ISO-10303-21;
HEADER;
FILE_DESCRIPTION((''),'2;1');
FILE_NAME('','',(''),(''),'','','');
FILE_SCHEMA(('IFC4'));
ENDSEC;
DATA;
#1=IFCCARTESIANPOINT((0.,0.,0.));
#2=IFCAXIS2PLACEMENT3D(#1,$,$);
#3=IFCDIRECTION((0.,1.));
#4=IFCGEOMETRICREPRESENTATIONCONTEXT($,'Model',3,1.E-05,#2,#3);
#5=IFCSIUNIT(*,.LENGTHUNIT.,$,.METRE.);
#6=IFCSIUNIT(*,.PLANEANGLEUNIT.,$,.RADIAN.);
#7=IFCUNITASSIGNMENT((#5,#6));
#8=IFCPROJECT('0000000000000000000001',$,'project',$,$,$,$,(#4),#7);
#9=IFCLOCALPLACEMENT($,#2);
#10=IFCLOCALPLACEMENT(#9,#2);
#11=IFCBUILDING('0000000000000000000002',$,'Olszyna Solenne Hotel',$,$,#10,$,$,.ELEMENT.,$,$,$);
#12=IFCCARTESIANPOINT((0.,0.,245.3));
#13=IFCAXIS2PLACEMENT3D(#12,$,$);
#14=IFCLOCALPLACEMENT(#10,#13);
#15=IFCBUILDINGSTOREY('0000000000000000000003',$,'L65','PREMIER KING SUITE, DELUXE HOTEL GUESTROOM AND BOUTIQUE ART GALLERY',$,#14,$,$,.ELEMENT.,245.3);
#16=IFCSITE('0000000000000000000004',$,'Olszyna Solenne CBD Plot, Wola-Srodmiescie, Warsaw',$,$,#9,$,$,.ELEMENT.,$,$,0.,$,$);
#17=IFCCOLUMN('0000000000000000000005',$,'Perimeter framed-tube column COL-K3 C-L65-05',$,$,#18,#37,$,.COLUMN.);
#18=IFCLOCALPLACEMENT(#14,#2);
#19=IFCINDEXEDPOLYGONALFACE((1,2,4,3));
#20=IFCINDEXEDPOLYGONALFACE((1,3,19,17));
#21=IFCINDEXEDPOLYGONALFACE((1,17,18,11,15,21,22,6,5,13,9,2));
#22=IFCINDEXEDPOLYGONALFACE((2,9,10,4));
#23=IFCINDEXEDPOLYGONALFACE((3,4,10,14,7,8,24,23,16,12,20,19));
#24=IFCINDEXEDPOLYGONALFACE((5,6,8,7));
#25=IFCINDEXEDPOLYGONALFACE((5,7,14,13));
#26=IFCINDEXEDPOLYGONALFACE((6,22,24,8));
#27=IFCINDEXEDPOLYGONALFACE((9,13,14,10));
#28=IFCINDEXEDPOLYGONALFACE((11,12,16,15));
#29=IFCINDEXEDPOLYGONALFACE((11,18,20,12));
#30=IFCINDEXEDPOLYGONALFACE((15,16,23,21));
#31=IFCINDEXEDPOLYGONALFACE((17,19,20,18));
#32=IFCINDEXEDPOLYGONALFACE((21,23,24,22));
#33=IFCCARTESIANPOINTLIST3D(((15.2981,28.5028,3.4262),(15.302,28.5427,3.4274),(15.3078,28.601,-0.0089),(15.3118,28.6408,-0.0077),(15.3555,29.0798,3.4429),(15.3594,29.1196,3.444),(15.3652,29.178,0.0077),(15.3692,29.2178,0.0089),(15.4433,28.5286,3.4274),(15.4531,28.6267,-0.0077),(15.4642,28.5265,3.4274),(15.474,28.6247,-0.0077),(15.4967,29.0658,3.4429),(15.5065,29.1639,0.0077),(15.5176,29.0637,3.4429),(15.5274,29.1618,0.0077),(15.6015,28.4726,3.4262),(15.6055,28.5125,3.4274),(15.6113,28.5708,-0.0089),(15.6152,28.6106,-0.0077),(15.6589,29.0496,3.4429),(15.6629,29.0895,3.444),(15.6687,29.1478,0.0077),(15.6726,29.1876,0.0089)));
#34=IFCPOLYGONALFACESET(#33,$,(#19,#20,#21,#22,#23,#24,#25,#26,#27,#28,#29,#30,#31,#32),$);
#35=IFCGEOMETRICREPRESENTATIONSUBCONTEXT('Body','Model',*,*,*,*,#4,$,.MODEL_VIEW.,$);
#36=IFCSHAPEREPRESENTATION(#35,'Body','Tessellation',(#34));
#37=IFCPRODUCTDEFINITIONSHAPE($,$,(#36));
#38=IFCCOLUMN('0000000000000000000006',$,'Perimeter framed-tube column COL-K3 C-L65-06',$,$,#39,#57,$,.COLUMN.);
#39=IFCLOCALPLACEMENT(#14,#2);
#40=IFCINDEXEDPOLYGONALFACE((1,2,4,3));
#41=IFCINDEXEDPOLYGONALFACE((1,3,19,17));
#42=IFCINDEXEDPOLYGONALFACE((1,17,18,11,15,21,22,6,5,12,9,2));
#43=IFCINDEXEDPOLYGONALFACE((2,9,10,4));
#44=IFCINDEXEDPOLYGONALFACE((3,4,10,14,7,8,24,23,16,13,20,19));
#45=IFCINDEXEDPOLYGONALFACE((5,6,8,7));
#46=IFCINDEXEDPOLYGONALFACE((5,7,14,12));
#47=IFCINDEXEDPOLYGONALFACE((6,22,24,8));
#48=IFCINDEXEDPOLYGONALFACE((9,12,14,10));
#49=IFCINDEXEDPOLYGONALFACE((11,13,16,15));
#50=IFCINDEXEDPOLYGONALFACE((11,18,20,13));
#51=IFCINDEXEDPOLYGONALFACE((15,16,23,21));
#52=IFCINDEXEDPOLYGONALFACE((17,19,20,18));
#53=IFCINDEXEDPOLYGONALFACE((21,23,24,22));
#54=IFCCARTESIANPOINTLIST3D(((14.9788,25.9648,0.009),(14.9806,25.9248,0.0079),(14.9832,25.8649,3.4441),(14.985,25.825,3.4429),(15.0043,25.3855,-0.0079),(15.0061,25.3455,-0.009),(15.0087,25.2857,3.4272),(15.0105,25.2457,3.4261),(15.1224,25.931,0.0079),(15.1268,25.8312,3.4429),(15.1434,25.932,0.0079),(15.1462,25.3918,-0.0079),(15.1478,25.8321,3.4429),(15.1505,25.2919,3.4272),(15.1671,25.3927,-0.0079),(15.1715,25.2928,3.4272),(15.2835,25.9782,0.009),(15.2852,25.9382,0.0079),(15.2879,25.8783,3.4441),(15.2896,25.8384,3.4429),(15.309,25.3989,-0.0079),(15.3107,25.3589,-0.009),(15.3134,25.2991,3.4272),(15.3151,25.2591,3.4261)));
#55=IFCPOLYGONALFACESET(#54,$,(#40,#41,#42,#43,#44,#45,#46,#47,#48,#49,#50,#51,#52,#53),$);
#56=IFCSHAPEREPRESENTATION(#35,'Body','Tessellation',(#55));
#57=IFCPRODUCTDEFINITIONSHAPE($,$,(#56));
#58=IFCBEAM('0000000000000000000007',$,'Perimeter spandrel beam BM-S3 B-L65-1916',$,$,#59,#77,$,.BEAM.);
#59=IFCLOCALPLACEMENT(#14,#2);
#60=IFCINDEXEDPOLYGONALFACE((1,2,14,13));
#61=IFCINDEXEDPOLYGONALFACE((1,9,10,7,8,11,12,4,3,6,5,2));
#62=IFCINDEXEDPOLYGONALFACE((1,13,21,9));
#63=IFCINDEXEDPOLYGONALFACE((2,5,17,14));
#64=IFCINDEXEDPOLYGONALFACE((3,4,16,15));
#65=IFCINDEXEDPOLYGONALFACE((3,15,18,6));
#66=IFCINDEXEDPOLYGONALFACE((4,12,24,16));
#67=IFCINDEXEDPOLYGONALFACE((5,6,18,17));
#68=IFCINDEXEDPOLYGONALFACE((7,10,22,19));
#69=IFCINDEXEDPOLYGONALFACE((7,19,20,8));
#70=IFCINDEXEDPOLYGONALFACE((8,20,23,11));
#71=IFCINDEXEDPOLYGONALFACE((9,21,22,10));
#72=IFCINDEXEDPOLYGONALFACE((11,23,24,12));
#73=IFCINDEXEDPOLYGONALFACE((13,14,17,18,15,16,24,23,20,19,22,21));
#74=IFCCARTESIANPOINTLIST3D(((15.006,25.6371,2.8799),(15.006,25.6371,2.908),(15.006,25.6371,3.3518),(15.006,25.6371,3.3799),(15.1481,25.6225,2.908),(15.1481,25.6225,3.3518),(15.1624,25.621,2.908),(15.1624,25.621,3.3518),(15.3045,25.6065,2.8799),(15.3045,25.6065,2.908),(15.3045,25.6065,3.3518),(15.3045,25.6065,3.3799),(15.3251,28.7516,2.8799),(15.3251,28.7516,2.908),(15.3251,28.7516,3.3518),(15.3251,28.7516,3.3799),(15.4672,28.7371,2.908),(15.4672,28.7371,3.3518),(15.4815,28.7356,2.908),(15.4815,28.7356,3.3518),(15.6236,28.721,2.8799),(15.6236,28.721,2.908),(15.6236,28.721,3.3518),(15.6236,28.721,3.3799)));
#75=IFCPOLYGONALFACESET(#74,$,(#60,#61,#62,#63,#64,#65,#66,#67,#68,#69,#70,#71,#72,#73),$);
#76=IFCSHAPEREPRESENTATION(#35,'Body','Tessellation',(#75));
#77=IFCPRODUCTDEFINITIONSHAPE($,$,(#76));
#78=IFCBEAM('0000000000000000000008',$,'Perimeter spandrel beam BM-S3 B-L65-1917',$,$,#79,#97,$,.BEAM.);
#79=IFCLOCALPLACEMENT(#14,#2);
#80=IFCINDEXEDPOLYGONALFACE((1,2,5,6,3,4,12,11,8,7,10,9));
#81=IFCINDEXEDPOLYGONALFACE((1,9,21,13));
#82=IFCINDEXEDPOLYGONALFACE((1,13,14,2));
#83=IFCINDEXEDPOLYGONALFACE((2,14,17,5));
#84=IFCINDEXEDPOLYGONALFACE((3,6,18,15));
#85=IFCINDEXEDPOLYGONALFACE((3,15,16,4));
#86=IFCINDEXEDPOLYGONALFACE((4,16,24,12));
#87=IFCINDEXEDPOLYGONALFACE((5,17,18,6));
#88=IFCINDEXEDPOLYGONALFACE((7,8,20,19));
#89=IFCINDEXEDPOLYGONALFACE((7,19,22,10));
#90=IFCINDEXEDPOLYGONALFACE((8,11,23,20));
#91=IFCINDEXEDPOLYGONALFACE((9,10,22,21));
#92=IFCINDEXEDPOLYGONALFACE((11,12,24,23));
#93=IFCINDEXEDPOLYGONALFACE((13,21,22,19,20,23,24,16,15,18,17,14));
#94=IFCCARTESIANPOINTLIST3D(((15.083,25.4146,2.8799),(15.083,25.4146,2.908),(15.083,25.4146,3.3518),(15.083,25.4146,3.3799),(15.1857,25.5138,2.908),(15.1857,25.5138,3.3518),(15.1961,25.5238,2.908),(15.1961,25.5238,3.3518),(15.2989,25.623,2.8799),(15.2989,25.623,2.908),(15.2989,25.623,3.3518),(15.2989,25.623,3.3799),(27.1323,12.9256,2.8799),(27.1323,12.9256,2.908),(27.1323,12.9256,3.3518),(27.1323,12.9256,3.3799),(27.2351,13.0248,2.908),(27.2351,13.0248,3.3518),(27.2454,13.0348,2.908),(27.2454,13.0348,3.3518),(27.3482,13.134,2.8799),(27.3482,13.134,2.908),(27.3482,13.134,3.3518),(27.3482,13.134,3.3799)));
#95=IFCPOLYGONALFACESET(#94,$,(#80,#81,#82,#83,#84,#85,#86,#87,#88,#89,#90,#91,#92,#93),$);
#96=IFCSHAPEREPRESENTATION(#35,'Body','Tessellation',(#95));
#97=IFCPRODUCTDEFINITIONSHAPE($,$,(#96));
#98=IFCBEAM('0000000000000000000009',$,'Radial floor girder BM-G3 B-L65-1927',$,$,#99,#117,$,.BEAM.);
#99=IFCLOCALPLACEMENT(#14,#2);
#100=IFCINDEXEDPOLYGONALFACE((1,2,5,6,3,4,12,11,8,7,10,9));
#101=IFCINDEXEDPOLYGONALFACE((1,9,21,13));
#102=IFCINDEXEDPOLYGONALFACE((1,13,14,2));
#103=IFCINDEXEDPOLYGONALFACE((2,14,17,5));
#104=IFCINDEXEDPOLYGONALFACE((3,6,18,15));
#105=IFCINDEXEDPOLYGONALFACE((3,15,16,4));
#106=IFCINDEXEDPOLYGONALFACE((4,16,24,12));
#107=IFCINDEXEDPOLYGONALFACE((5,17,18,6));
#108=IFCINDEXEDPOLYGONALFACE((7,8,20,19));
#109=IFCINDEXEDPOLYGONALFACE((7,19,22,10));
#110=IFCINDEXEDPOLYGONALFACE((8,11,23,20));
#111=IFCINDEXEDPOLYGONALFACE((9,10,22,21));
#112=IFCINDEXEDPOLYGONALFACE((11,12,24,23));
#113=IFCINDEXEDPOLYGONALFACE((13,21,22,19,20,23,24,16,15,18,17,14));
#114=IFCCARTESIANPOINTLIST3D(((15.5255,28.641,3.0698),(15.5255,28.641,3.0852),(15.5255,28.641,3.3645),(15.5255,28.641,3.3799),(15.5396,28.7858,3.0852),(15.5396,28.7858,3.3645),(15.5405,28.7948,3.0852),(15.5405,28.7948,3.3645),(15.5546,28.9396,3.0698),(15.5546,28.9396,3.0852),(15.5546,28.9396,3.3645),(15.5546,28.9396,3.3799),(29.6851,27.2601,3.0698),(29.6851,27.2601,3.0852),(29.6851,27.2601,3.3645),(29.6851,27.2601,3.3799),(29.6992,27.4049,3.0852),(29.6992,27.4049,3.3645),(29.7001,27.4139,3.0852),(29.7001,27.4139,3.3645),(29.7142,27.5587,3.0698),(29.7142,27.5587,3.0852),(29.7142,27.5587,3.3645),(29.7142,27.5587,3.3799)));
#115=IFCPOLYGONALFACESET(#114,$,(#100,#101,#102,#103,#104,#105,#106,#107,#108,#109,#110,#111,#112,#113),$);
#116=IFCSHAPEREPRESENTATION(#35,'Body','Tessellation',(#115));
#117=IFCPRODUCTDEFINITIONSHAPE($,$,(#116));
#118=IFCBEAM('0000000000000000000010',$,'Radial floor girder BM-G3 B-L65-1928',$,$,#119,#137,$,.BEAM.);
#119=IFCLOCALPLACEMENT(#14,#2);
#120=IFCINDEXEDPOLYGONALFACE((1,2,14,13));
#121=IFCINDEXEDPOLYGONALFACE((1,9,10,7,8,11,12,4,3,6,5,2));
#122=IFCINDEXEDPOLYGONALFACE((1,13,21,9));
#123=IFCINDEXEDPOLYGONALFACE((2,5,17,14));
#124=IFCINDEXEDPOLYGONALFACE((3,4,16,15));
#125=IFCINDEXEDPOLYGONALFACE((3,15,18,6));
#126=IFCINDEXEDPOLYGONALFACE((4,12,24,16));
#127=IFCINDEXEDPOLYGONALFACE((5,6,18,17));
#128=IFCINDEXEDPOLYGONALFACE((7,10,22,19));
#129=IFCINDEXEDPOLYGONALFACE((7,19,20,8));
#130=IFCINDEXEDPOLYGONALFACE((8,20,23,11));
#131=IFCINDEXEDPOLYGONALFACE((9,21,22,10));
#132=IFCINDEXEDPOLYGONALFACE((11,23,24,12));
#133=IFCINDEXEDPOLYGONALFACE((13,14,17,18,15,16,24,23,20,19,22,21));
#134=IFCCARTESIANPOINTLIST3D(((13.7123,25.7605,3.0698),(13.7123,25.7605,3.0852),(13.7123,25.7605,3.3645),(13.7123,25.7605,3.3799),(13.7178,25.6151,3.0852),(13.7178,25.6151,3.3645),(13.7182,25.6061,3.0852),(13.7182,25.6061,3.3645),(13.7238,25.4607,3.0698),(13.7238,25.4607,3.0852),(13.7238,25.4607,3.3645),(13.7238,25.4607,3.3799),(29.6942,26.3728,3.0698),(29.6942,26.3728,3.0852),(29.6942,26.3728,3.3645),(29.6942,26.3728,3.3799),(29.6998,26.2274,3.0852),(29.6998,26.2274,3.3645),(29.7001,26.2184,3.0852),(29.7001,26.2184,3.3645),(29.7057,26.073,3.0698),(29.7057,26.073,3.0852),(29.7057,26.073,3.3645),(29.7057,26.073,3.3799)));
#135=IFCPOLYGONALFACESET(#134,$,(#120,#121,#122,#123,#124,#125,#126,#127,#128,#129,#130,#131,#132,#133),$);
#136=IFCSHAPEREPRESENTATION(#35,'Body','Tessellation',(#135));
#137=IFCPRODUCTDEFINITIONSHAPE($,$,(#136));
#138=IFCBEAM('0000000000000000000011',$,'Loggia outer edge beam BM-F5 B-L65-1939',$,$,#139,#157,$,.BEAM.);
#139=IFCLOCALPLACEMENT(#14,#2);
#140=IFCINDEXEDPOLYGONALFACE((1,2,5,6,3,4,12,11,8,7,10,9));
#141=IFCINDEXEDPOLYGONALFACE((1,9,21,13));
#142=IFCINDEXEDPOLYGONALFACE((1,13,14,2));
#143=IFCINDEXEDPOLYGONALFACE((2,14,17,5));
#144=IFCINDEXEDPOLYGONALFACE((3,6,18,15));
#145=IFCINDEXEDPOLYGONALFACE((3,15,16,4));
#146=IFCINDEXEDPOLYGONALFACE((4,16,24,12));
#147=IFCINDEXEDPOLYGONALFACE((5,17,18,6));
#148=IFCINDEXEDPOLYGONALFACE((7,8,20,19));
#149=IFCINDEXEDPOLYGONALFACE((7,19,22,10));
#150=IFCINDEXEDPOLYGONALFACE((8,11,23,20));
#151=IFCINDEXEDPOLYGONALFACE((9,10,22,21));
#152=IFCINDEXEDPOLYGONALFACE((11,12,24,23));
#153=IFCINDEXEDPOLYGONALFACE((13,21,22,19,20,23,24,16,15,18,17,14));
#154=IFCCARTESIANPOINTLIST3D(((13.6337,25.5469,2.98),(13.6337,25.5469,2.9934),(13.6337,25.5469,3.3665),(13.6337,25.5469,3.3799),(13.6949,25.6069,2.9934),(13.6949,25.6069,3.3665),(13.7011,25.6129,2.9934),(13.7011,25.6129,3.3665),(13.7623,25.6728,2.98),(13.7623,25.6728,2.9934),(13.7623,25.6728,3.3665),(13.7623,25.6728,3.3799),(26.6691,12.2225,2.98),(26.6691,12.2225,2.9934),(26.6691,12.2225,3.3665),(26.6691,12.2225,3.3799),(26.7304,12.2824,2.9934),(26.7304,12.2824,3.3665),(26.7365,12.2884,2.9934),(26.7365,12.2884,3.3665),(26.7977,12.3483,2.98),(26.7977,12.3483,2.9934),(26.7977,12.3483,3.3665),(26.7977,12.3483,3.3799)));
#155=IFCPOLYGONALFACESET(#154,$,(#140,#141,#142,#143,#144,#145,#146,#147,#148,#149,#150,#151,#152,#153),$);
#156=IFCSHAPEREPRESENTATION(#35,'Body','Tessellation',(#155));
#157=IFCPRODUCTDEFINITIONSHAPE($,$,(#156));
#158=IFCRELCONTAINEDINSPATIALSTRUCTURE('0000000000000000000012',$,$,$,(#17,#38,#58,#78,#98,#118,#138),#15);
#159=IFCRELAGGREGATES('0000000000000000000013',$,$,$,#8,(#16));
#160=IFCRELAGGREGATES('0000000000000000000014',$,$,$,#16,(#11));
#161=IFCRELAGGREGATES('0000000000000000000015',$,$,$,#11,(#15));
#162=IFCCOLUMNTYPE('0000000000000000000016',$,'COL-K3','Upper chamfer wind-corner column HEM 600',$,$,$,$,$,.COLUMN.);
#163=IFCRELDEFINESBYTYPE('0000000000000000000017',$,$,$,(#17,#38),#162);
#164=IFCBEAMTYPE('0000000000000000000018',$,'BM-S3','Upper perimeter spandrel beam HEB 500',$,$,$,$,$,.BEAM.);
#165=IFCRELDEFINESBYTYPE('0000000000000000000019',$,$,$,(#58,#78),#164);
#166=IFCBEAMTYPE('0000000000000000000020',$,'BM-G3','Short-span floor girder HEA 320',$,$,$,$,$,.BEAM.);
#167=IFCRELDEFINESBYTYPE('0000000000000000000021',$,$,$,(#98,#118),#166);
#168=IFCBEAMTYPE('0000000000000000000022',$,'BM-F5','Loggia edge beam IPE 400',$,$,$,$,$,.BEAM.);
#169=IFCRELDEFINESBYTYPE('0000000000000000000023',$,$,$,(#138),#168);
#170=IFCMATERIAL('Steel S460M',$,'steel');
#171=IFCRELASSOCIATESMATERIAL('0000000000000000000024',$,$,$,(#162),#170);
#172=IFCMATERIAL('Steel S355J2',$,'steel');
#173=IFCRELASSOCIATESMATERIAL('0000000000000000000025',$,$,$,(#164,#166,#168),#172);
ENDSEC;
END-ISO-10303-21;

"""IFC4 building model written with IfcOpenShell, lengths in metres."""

from ifc_helpers import new_model, si_unit, direction, frame, origin, origin_2d, place, context, subcontext, project, spatial, i_section, extrude, source, transform, mapped, material, material_profile, profile_set, type_object, element, save


model = new_model("IFC4")

# Units and contexts
model_context = context("Model", 3, precision=1e-05, world=origin(), true_north=direction((0.0, 1.0)))
body_context = subcontext(model_context, "Body", "Model", "MODEL_VIEW")
ifc_project = project(units=[si_unit("LENGTHUNIT", "METRE"), si_unit("PLANEANGLEUNIT", "RADIAN")], contexts=[model_context])

# Site, building, storey
site_placement = place(None, origin())
site = spatial("IfcSite", under=ifc_project, at=site_placement, Name="Olszyna Solenne CBD Plot, Wola-Srodmiescie, Warsaw", CompositionType="ELEMENT", RefElevation=0.0)
building_placement = place(site_placement, origin())
building = spatial("IfcBuilding", under=site, at=building_placement, Name="Olszyna Solenne Hotel", CompositionType="ELEMENT")
storey_placement = place(building_placement, frame((0.0, 0.0, 245.3)))
storey = spatial("IfcBuildingStorey", under=building, at=storey_placement, Name="L65", Description="PREMIER KING SUITE, DELUXE HOTEL GUESTROOM AND BOUTIQUE ART GALLERY", CompositionType="ELEMENT", Elevation=245.3)

# Columns
ifc_material_1 = material(Name="Steel S460M", Category="steel")
ifc_material_profile_1 = material_profile(ifc_material_1, i_section(OverallWidth=0.3049, OverallDepth=0.6201, WebThickness=0.021, FlangeThickness=0.04, at=origin_2d()), Name="HEM 600", Category="load-bearing")
ifc_profile_set_1 = profile_set([ifc_material_profile_1], Name="Steel S460M")
column_type = type_object("IfcColumnType", Name="COL-K3", Description="Upper chamfer wind-corner column HEM 600", PredefinedType="COLUMN", material=ifc_profile_set_1)
shared_shape_1 = source(origin(), body_context, "Body", "SweptSolid", [
    extrude(i_section(OverallWidth=0.3049, OverallDepth=0.6201, WebThickness=0.021, FlangeThickness=0.04, at=origin_2d()), origin(), (0.0, 0.0, 1.0), 3.4365),
])
for number, where, z_axis, x_axis, name in (
    (1, (15.4902, 28.8943, 0.0), (-0.002842, -0.02856, 0.999588), (0.995086, -0.099014, 0.0), "Perimeter framed-tube column COL-K3 C-L65-05"),
    (2, (15.1448, 25.6619, 0.0), (0.001279, -0.029057, 0.999577), (0.999033, 0.043967, 0.0), "Perimeter framed-tube column COL-K3 C-L65-06"),
):
    element("IfcColumn", number, at=place(storey_placement, frame(where, z_axis=z_axis, x_axis=x_axis)), inside=storey, type_object=column_type, Name=name, PredefinedType="COLUMN", context=body_context, shape_type="MappedRepresentation", body=[
        mapped(shared_shape_1, transform((0.0, 0.0, 0.0), x_axis=(1.0, 0.0, 0.0), y_axis=(0.0, 1.0, 0.0), z_axis=(0.0, 0.0, 1.0), scale=1.0)),
    ])

# Beams
ifc_material_2 = material(Name="Steel S355J2", Category="steel")
ifc_material_profile_2 = material_profile(ifc_material_2, i_section(OverallWidth=0.3, OverallDepth=0.5, WebThickness=0.0144, FlangeThickness=0.0281, at=origin_2d()), Name="HEB 500", Category="load-bearing")
ifc_profile_set_2 = profile_set([ifc_material_profile_2], Name="Steel S355J2")
beam_type_1 = type_object("IfcBeamType", Name="BM-S3", Description="Upper perimeter spandrel beam HEB 500", PredefinedType="BEAM", material=ifc_profile_set_2)
shared_shape_2 = source(origin(), body_context, "Body", "SweptSolid", [
    extrude(i_section(OverallWidth=0.3, OverallDepth=0.5, WebThickness=0.0144, FlangeThickness=0.0281, at=origin_2d()), origin(), (0.0, 0.0, 1.0), 3.1309),
])
beam_1_placement = place(storey_placement, frame((15.4744, 28.7363, 3.1299), z_axis=(-0.10192, -0.994793, 0.0), x_axis=(0.994793, -0.10192, 0.0)))
element("IfcBeam", 3, at=beam_1_placement, inside=storey, type_object=beam_type_1, Name="Perimeter spandrel beam BM-S3 B-L65-1916", PredefinedType="BEAM", context=body_context, shape_type="MappedRepresentation", body=[
    mapped(shared_shape_2, transform((0.0, 0.0, 0.0), x_axis=(1.0, 0.0, 0.0), y_axis=(0.0, 1.0, 0.0), z_axis=(0.0, 0.0, 1.0), scale=1.0)),
])
shared_shape_3 = source(origin(), body_context, "Body", "SweptSolid", [
    extrude(i_section(OverallWidth=0.3, OverallDepth=0.5, WebThickness=0.0144, FlangeThickness=0.0281, at=origin_2d()), origin(), (0.0, 0.0, 1.0), 17.354),
])
beam_2_placement = place(storey_placement, frame((15.1909, 25.5188, 3.1299), z_axis=(0.694325, -0.719662, 0.0), x_axis=(0.719662, 0.694325, 0.0)))
element("IfcBeam", 4, at=beam_2_placement, inside=storey, type_object=beam_type_1, Name="Perimeter spandrel beam BM-S3 B-L65-1917", PredefinedType="BEAM", context=body_context, shape_type="MappedRepresentation", body=[
    mapped(shared_shape_3, transform((0.0, 0.0, 0.0), x_axis=(1.0, 0.0, 0.0), y_axis=(0.0, 1.0, 0.0), z_axis=(0.0, 0.0, 1.0), scale=1.0)),
])
ifc_material_profile_3 = material_profile(ifc_material_2, i_section(OverallWidth=0.3, OverallDepth=0.3101, WebThickness=0.009, FlangeThickness=0.0154, at=origin_2d()), Name="HEA 320", Category="load-bearing")
ifc_profile_set_3 = profile_set([ifc_material_profile_3], Name="Steel S355J2")
beam_type_2 = type_object("IfcBeamType", Name="BM-G3", Description="Short-span floor girder HEA 320", PredefinedType="BEAM", material=ifc_profile_set_3)
shared_shape_4 = source(origin(), body_context, "Body", "SweptSolid", [
    extrude(i_section(OverallWidth=0.3, OverallDepth=0.3101, WebThickness=0.009, FlangeThickness=0.0154, at=origin_2d()), origin(), (0.0, 0.0, 1.0), 14.2268),
])
beam_3_placement = place(storey_placement, frame((15.54, 28.7903, 3.2249), z_axis=(0.995279, -0.09706, 0.0), x_axis=(0.09706, 0.995279, 0.0)))
element("IfcBeam", 5, at=beam_3_placement, inside=storey, type_object=beam_type_2, Name="Radial floor girder BM-G3 B-L65-1927", PredefinedType="BEAM", context=body_context, shape_type="MappedRepresentation", body=[
    mapped(shared_shape_4, transform((0.0, 0.0, 0.0), x_axis=(1.0, 0.0, 0.0), y_axis=(0.0, 1.0, 0.0), z_axis=(0.0, 0.0, 1.0), scale=1.0)),
])
shared_shape_5 = source(origin(), body_context, "Body", "SweptSolid", [
    extrude(i_section(OverallWidth=0.3, OverallDepth=0.3101, WebThickness=0.009, FlangeThickness=0.0154, at=origin_2d()), origin(), (0.0, 0.0, 1.0), 15.9937),
])
beam_4_placement = place(storey_placement, frame((13.718, 25.6106, 3.2249), z_axis=(0.999267, 0.038284, 0.0), x_axis=(-0.038284, 0.999267, 0.0)))
element("IfcBeam", 6, at=beam_4_placement, inside=storey, type_object=beam_type_2, Name="Radial floor girder BM-G3 B-L65-1928", PredefinedType="BEAM", context=body_context, shape_type="MappedRepresentation", body=[
    mapped(shared_shape_5, transform((0.0, 0.0, 0.0), x_axis=(1.0, 0.0, 0.0), y_axis=(0.0, 1.0, 0.0), z_axis=(0.0, 0.0, 1.0), scale=1.0)),
])
ifc_material_profile_4 = material_profile(ifc_material_2, i_section(OverallWidth=0.1799, OverallDepth=0.3999, WebThickness=0.0085, FlangeThickness=0.0134, at=origin_2d()), Name="IPE 400", Category="load-bearing")
ifc_profile_set_4 = profile_set([ifc_material_profile_4], Name="Steel S355J2")
beam_type_3 = type_object("IfcBeamType", Name="BM-F5", Description="Loggia edge beam IPE 400", PredefinedType="BEAM", material=ifc_profile_set_4)
shared_shape_6 = source(origin(), body_context, "Body", "SweptSolid", [
    extrude(i_section(OverallWidth=0.1799, OverallDepth=0.3999, WebThickness=0.0085, FlangeThickness=0.0134, at=origin_2d()), origin(), (0.0, 0.0, 1.0), 18.6404),
])
beam_5_placement = place(storey_placement, frame((13.698, 25.6099, 3.1799), z_axis=(0.699311, -0.714818, 0.0), x_axis=(0.714818, 0.699311, 0.0)))
element("IfcBeam", 7, at=beam_5_placement, inside=storey, type_object=beam_type_3, Name="Loggia outer edge beam BM-F5 B-L65-1939", PredefinedType="BEAM", context=body_context, shape_type="MappedRepresentation", body=[
    mapped(shared_shape_6, transform((0.0, 0.0, 0.0), x_axis=(1.0, 0.0, 0.0), y_axis=(0.0, 1.0, 0.0), z_axis=(0.0, 0.0, 1.0), scale=1.0)),
])

save(model, "model.ifc")
